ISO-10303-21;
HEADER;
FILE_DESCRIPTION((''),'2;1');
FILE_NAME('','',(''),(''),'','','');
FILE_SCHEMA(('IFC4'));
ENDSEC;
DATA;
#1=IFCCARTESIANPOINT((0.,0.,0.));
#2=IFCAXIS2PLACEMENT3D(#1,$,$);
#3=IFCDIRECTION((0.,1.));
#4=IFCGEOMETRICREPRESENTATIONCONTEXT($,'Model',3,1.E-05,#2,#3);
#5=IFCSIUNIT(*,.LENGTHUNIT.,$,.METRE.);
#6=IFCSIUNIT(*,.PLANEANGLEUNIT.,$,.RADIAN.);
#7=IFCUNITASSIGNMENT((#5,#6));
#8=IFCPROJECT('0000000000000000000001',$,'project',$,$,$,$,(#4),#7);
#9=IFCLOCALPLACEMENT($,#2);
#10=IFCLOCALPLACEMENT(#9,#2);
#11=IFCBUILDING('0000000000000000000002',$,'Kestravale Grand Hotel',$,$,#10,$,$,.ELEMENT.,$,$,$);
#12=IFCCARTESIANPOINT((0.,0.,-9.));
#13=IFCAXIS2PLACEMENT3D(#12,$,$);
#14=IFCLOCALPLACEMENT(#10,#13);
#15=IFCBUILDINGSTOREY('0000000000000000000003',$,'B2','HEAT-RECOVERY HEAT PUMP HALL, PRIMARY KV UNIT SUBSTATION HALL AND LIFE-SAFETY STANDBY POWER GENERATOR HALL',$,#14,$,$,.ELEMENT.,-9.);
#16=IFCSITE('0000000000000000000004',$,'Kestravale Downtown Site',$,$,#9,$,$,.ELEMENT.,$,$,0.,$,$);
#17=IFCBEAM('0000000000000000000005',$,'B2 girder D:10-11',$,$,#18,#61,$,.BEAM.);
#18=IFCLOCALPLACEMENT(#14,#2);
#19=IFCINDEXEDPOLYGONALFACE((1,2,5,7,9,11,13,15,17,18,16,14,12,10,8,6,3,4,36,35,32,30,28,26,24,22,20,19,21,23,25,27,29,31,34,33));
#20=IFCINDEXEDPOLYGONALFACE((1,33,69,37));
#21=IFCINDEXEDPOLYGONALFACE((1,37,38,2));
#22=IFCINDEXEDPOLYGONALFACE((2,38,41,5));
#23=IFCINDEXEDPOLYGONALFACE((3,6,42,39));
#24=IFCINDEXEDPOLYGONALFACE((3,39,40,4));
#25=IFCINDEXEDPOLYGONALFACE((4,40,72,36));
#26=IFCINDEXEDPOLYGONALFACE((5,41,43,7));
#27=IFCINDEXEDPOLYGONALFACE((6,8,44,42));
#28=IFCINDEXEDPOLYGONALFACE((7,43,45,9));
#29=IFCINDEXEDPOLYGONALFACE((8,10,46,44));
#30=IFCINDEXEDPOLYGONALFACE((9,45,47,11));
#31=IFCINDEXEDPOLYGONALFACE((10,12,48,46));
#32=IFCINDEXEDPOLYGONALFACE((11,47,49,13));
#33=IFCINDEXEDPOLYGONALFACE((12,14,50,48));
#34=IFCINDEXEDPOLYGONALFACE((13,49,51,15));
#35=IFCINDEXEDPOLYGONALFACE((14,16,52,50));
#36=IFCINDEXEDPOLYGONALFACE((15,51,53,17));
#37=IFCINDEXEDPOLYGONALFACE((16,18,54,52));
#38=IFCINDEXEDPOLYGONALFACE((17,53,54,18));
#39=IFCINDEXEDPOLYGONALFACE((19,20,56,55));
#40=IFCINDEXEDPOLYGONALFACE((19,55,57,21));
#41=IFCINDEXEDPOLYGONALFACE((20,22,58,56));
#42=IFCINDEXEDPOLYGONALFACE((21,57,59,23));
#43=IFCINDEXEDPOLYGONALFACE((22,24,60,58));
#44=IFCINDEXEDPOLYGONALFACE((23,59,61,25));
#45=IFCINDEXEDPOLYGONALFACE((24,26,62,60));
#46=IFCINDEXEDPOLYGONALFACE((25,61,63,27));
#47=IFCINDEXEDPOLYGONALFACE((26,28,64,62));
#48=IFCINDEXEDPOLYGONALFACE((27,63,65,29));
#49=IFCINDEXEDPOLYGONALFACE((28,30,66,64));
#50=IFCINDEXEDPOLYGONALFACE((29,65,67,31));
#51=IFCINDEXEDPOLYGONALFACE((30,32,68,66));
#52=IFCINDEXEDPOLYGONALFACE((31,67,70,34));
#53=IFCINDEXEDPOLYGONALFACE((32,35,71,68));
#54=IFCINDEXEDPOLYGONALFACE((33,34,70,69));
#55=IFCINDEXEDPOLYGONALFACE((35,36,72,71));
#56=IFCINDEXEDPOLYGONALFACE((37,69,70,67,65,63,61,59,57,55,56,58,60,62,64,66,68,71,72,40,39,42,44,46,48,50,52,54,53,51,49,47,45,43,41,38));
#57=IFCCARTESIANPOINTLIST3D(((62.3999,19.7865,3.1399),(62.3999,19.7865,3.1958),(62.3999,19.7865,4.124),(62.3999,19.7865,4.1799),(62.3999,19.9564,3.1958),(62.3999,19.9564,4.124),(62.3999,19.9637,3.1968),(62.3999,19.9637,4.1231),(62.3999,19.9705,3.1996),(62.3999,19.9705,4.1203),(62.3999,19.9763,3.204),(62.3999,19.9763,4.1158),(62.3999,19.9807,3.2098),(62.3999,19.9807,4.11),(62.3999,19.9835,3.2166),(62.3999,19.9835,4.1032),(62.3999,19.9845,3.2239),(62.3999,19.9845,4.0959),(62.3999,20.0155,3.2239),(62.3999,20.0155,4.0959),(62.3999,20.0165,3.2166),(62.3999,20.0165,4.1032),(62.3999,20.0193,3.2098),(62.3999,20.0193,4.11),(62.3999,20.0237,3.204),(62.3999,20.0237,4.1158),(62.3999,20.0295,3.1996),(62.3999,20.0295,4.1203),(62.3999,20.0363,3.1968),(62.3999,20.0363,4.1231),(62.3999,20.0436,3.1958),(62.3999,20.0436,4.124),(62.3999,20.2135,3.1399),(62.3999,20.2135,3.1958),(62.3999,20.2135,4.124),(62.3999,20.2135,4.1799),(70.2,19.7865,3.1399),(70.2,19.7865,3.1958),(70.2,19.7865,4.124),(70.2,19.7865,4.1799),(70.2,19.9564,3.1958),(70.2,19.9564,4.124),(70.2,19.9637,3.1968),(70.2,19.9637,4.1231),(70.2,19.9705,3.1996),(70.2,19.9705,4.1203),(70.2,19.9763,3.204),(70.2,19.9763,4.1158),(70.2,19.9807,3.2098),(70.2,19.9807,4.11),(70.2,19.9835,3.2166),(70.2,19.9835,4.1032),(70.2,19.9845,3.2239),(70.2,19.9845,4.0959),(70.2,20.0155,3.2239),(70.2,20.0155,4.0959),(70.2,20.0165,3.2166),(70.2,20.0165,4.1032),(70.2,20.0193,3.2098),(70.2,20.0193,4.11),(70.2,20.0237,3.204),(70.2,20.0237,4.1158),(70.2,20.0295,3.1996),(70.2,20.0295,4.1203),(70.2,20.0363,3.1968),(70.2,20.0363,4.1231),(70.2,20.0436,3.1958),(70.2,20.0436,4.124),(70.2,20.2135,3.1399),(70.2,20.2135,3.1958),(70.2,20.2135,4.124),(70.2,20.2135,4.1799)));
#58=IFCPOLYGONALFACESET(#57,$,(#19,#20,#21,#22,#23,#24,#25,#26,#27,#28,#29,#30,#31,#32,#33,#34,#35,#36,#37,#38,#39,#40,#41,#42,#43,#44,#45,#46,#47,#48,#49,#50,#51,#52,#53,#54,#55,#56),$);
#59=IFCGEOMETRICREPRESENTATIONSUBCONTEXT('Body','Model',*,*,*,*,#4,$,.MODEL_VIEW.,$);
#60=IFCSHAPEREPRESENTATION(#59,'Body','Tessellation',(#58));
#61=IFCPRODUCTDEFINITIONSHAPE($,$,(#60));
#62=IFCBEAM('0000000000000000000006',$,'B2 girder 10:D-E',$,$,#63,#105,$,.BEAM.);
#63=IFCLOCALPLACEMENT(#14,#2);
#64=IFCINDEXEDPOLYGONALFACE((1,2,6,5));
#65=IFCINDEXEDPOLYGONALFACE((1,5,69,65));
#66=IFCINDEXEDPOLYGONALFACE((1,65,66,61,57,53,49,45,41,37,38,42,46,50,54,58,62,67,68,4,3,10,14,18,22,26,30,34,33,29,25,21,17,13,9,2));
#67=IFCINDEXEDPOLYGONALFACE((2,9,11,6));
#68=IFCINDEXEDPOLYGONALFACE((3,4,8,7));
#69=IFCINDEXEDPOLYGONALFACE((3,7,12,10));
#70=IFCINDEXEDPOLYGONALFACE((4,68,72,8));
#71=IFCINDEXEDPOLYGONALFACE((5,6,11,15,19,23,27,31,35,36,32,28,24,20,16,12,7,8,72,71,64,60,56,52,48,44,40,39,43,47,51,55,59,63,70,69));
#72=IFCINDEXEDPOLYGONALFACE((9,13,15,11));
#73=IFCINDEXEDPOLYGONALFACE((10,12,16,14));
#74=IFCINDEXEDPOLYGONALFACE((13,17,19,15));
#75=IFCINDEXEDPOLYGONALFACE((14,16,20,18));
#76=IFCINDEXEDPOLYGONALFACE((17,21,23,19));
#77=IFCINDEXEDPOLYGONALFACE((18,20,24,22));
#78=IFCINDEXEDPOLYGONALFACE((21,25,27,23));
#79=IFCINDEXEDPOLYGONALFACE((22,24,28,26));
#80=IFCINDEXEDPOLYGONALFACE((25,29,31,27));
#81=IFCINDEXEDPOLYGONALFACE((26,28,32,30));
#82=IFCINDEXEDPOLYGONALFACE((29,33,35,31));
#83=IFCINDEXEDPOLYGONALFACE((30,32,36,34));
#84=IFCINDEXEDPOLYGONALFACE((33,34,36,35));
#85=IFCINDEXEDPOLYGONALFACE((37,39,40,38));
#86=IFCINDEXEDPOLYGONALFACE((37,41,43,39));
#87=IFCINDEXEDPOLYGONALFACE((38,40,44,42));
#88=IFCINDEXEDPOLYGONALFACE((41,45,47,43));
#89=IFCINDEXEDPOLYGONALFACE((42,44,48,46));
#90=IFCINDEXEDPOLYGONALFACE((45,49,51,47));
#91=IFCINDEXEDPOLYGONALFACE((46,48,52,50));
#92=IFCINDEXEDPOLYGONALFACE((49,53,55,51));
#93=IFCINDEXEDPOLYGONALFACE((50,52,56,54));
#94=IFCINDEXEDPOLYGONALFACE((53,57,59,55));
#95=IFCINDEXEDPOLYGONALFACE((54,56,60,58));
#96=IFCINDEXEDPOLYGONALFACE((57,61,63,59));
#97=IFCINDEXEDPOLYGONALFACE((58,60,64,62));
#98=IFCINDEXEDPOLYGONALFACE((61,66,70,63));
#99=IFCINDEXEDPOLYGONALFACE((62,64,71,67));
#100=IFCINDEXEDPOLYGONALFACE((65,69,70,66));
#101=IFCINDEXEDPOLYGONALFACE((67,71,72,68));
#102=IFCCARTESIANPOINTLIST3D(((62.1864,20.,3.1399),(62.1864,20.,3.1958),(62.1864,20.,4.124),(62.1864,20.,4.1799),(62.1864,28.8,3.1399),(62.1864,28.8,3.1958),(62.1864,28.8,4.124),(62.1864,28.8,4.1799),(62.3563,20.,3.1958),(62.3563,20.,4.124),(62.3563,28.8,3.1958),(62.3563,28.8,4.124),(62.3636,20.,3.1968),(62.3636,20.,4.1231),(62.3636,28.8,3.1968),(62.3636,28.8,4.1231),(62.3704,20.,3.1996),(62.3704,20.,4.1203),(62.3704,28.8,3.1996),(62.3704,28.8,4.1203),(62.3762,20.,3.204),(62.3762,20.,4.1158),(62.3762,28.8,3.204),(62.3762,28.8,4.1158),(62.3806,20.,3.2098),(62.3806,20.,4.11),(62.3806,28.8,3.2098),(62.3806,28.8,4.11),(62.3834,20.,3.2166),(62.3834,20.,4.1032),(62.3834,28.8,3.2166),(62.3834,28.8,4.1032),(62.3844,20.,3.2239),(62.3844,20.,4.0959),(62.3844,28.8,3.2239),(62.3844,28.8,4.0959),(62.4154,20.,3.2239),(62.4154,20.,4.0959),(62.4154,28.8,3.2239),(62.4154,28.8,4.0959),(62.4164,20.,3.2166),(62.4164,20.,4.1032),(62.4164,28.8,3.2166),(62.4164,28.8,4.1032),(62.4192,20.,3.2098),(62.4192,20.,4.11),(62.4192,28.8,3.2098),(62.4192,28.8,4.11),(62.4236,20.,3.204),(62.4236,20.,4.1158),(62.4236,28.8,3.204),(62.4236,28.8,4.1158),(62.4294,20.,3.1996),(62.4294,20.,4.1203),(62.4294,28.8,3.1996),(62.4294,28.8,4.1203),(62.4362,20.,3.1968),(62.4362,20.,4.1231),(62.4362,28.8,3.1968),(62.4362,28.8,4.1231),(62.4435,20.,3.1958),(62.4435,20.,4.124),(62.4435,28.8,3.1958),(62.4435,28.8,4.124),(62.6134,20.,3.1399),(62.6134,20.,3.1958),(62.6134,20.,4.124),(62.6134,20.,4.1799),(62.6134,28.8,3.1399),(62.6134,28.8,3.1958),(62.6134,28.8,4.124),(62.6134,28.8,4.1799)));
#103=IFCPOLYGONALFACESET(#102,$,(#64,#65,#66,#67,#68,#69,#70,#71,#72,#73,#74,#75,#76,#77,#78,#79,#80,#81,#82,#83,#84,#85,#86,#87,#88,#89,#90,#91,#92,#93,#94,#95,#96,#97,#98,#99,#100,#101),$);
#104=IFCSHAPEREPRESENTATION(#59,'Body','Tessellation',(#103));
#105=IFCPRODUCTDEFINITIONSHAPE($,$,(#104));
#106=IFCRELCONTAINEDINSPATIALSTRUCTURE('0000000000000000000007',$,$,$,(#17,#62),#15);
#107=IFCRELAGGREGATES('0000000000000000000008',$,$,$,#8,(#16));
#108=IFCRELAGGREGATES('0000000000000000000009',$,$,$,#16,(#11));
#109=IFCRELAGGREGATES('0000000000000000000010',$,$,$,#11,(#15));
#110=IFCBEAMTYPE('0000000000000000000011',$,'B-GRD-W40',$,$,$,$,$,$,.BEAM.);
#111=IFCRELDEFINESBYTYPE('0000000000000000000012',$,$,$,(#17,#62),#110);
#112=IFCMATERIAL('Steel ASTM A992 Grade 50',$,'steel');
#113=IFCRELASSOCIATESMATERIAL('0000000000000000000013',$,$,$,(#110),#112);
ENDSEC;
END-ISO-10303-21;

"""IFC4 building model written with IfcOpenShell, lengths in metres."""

from ifc_helpers import new_model, si_unit, direction, frame, origin, origin_2d, place, context, subcontext, project, spatial, i_section, extrude, material, material_profile, profile_set, type_object, element, save


model = new_model("IFC4")

# Units and contexts
model_context = context("Model", 3, precision=1e-05, world=origin(), true_north=direction((0.0, 1.0)))
body_context = subcontext(model_context, "Body", "Model", "MODEL_VIEW")
ifc_project = project(units=[si_unit("LENGTHUNIT", "METRE"), si_unit("PLANEANGLEUNIT", "RADIAN")], contexts=[model_context])

# Site, building, storey
site_placement = place(None, origin())
site = spatial("IfcSite", under=ifc_project, at=site_placement, Name="Kestravale Downtown Site", CompositionType="ELEMENT", RefElevation=0.0)
building_placement = place(site_placement, origin())
building = spatial("IfcBuilding", under=site, at=building_placement, Name="Kestravale Grand Hotel", CompositionType="ELEMENT")
storey_placement = place(building_placement, frame((0.0, 0.0, -9.0)))
storey = spatial("IfcBuildingStorey", under=building, at=storey_placement, Name="B2", Description="HEAT-RECOVERY HEAT PUMP HALL, PRIMARY KV UNIT SUBSTATION HALL AND LIFE-SAFETY STANDBY POWER GENERATOR HALL", CompositionType="ELEMENT", Elevation=-9.0)

# Beams
ifc_material_1 = material(Name="Steel ASTM A992 Grade 50", Category="steel")
ifc_material_profile_1 = material_profile(ifc_material_1, i_section(OverallWidth=0.427, OverallDepth=1.04, WebThickness=0.031, FlangeThickness=0.0559, FilletRadius=0.0281, at=origin_2d()))
ifc_profile_set_1 = profile_set([ifc_material_profile_1], Name="Steel ASTM A992 Grade 50")
beam_type_1 = type_object("IfcBeamType", Name="B-GRD-W40", PredefinedType="BEAM", material=ifc_profile_set_1)
beam_1_placement = place(storey_placement, frame((62.3999, 20.0, 3.6599), z_axis=(1.0, 0.0, 0.0), x_axis=(0.0, 1.0, 0.0)))
element("IfcBeam", 1, at=beam_1_placement, inside=storey, type_object=beam_type_1, Name="B2 girder D:10-11", PredefinedType="BEAM", context=body_context, shape_type="SweptSolid", body=[
    extrude(i_section(OverallWidth=0.427, OverallDepth=1.04, WebThickness=0.031, FlangeThickness=0.0559, FilletRadius=0.0281, at=origin_2d()), origin(), (0.0, 0.0, 1.0), 7.8),
])
beam_2_placement = place(storey_placement, frame((62.3999, 20.0, 3.6599), z_axis=(0.0, 1.0, 0.0), x_axis=(-1.0, 0.0, 0.0)))
element("IfcBeam", 2, at=beam_2_placement, inside=storey, type_object=beam_type_1, Name="B2 girder 10:D-E", PredefinedType="BEAM", context=body_context, shape_type="SweptSolid", body=[
    extrude(i_section(OverallWidth=0.427, OverallDepth=1.04, WebThickness=0.031, FlangeThickness=0.0559, FilletRadius=0.0281, at=origin_2d()), origin(), (0.0, 0.0, 1.0), 8.8),
])

save(model, "model.ifc")
